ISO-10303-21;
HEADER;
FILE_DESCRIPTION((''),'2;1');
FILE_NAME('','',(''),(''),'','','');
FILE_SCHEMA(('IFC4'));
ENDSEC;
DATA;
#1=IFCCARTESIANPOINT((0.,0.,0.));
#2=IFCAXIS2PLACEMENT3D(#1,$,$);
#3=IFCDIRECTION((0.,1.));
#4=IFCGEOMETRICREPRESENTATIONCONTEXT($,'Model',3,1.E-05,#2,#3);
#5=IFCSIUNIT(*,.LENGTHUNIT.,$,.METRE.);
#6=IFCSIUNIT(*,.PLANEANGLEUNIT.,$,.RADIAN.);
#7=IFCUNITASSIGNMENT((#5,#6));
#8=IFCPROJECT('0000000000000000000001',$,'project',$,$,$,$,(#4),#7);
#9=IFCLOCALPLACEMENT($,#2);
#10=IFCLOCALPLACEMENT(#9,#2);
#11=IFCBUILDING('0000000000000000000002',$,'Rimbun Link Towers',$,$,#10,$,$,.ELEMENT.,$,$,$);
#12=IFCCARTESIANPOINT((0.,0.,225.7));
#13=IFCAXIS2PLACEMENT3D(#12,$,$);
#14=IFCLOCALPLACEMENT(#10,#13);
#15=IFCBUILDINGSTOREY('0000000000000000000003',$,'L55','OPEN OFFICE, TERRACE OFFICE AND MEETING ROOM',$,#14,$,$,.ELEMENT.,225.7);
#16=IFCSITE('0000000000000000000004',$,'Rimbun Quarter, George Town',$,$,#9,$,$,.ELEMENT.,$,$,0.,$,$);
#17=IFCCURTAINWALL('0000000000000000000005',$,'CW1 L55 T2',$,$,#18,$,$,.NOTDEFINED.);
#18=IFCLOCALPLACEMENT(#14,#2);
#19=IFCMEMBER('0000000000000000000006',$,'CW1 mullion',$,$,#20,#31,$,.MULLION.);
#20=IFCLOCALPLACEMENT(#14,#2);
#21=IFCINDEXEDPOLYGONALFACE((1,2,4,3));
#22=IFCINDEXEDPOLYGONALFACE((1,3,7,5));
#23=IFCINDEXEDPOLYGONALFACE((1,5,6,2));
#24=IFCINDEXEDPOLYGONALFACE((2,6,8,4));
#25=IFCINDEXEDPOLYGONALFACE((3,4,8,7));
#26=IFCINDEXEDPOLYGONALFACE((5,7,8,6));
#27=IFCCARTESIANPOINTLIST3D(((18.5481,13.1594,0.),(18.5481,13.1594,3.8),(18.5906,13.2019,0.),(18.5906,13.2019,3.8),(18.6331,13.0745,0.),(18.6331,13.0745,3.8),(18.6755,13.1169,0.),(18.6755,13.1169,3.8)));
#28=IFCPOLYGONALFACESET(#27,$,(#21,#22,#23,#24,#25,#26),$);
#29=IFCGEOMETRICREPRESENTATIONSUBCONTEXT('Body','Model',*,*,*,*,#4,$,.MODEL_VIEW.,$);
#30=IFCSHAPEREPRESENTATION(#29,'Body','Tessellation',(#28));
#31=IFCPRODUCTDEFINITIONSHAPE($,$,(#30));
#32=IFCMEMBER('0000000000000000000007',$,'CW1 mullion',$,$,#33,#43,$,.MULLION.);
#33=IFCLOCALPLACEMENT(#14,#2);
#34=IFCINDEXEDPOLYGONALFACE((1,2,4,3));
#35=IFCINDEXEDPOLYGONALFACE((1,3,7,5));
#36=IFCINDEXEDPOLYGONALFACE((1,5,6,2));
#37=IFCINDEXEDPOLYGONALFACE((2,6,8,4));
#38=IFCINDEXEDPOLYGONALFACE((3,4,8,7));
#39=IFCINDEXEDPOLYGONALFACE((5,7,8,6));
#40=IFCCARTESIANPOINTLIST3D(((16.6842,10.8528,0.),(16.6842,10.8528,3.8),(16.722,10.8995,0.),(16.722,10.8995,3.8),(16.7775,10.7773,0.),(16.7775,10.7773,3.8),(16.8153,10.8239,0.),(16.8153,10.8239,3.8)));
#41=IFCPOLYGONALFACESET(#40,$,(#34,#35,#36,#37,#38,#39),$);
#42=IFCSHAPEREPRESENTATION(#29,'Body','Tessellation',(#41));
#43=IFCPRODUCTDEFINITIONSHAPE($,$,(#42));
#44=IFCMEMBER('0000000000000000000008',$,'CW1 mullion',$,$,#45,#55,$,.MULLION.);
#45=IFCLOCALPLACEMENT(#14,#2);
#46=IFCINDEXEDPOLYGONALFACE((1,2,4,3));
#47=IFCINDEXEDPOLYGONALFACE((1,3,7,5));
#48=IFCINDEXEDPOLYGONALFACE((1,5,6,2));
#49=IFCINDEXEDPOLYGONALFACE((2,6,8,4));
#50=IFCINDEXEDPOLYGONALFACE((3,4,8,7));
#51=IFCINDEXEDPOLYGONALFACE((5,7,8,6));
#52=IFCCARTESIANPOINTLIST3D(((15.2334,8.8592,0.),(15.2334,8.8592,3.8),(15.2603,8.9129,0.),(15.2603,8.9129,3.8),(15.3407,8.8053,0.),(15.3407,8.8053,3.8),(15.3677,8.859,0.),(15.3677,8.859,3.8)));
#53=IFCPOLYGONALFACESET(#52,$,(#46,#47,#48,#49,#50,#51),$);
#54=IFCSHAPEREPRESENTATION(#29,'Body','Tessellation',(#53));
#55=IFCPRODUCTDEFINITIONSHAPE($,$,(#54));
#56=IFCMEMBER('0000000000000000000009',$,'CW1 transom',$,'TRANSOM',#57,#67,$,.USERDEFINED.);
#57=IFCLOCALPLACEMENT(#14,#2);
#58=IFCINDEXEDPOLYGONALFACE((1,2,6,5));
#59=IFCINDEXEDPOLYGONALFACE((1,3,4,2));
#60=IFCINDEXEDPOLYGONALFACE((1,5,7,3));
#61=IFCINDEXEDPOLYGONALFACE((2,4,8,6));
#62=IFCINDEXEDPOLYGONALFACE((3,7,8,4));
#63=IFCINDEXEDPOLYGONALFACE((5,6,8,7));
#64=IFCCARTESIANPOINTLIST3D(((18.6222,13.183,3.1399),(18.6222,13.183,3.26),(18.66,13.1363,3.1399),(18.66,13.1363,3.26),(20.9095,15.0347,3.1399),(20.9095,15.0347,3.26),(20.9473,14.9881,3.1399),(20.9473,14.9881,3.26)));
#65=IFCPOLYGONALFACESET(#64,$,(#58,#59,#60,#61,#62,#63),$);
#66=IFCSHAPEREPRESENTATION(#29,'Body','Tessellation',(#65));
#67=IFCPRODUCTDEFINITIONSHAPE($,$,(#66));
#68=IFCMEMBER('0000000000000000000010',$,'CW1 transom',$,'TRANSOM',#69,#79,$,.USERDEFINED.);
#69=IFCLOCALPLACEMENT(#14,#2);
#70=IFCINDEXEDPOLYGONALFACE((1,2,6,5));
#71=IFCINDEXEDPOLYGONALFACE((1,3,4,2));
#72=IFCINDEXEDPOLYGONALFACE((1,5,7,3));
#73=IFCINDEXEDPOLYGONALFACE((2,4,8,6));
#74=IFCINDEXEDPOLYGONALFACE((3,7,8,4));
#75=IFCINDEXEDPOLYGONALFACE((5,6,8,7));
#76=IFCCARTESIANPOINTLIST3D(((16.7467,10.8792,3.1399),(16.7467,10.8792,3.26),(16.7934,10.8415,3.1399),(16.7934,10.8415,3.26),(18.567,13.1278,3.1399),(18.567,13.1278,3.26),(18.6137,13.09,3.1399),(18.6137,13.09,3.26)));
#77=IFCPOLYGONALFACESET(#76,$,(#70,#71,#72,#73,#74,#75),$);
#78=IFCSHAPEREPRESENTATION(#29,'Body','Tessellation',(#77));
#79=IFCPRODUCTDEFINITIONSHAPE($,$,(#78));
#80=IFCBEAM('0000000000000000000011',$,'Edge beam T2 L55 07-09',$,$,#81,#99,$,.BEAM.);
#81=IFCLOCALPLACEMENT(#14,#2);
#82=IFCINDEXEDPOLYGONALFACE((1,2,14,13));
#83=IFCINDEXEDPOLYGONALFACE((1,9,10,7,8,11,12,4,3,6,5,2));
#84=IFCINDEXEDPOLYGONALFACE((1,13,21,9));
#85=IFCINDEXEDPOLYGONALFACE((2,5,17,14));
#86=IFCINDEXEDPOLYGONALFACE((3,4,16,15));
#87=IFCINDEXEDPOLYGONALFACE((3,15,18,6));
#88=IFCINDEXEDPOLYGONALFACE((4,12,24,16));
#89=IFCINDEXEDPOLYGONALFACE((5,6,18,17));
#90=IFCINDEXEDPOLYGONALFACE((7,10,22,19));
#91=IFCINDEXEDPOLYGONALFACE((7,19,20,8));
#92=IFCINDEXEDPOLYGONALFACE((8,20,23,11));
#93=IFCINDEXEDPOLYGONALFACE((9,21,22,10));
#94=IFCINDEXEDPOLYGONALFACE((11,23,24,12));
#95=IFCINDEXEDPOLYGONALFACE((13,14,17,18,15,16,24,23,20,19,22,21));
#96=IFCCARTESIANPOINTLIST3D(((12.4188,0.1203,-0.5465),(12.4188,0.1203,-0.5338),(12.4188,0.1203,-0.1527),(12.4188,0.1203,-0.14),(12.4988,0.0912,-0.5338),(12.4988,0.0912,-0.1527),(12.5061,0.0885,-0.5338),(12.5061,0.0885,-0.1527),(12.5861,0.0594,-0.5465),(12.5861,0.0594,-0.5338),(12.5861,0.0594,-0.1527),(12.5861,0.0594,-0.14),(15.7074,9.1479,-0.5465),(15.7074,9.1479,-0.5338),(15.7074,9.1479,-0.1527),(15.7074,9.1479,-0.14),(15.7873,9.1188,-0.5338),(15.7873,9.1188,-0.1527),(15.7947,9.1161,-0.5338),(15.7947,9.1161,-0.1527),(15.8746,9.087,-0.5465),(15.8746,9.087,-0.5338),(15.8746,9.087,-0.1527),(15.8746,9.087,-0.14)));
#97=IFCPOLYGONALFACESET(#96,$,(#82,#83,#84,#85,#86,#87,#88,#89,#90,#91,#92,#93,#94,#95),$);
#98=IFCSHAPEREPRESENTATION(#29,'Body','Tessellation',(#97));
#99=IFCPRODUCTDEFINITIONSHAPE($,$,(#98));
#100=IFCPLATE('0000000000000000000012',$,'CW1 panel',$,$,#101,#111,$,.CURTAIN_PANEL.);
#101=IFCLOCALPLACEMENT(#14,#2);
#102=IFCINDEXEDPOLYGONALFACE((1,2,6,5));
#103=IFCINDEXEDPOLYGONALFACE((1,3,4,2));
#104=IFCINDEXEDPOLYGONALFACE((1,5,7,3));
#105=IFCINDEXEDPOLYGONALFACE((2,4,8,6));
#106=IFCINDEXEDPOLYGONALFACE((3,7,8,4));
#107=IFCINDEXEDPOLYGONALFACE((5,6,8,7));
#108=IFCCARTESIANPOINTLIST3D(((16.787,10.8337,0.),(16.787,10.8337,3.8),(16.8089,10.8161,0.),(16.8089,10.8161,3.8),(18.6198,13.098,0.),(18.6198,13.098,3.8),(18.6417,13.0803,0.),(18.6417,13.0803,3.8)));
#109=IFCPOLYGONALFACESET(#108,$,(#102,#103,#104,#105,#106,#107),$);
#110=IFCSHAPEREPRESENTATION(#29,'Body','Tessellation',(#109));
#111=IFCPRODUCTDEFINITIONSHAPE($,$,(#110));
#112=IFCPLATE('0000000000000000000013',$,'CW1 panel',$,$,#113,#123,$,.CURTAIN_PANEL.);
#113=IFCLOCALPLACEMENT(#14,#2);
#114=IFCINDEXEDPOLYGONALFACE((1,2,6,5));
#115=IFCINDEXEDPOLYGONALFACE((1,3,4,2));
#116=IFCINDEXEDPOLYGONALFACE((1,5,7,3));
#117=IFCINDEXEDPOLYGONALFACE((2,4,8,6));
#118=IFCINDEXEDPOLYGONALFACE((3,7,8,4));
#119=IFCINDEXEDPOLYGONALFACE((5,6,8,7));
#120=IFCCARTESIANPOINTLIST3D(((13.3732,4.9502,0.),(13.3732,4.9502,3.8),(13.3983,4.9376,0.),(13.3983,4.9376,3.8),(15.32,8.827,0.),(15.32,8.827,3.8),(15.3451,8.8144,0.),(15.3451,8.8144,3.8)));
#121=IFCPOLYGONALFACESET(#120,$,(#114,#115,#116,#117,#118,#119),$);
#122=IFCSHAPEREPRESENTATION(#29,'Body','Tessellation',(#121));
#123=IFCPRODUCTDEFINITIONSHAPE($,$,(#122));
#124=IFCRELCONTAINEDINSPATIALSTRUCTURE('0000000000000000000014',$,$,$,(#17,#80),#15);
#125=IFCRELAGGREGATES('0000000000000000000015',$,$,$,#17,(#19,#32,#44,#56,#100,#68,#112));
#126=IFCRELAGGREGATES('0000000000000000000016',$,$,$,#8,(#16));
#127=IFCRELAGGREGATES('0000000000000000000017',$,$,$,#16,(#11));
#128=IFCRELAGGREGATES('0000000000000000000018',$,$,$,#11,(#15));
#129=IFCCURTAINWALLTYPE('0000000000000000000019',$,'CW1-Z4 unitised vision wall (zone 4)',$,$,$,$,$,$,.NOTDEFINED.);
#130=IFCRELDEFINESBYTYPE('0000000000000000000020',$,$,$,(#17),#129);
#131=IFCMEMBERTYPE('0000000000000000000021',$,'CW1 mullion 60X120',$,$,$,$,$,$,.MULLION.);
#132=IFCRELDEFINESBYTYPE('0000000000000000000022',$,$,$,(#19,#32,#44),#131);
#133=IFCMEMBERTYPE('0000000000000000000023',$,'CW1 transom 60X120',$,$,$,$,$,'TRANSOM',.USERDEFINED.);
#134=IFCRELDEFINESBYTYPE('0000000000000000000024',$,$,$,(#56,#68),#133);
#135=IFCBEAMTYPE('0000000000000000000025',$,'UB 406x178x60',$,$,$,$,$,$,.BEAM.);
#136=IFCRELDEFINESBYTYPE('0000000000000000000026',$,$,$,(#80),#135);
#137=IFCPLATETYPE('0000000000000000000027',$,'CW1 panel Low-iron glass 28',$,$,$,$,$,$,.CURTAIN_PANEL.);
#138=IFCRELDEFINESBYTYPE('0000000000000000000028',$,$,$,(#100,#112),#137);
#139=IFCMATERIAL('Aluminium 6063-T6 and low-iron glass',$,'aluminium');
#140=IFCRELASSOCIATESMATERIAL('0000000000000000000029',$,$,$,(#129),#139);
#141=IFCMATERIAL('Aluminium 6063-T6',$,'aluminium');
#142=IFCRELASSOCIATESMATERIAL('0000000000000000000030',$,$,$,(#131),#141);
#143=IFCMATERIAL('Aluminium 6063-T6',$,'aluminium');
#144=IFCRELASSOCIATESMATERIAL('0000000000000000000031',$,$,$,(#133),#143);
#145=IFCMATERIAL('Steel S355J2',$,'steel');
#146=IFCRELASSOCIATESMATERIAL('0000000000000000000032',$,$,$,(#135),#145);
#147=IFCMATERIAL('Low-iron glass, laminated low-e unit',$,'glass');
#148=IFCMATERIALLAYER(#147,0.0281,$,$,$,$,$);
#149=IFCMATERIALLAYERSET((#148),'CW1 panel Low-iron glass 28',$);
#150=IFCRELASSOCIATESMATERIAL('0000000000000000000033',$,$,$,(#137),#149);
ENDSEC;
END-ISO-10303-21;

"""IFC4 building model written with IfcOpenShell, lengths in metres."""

from ifc_helpers import new_model, si_unit, direction, frame, origin, origin_2d, place, context, subcontext, project, spatial, rectangle, i_section, extrude, material, layer, layer_set, material_profile, profile_set, type_object, element, aggregate, save


model = new_model("IFC4")

# Units and contexts
model_context = context("Model", 3, precision=1e-05, world=origin(), true_north=direction((0.0, 1.0)))
body_context = subcontext(model_context, "Body", "Model", "MODEL_VIEW")
ifc_project = project(units=[si_unit("LENGTHUNIT", "METRE"), si_unit("PLANEANGLEUNIT", "RADIAN")], contexts=[model_context])

# Site, building, storey
site_placement = place(None, origin())
site = spatial("IfcSite", under=ifc_project, at=site_placement, Name="Rimbun Quarter, George Town", CompositionType="ELEMENT", RefElevation=0.0)
building_placement = place(site_placement, origin())
building = spatial("IfcBuilding", under=site, at=building_placement, Name="Rimbun Link Towers", CompositionType="ELEMENT")
storey_placement = place(building_placement, frame((0.0, 0.0, 225.7)))
storey = spatial("IfcBuildingStorey", under=building, at=storey_placement, Name="L55", Description="OPEN OFFICE, TERRACE OFFICE AND MEETING ROOM", CompositionType="ELEMENT", Elevation=225.7)

# Curtain wall, members
ifc_material_1 = material(Name="Aluminium 6063-T6 and low-iron glass", Category="aluminium")
curtain_wall_type = type_object("IfcCurtainWallType", Name="CW1-Z4 unitised vision wall (zone 4)", PredefinedType="NOTDEFINED", material=ifc_material_1)
curtain_wall_placement = place(storey_placement, origin())
curtain_wall = element("IfcCurtainWall", 1, at=curtain_wall_placement, inside=storey, type_object=curtain_wall_type, Name="CW1 L55 T2", PredefinedType="NOTDEFINED")
ifc_material_2 = material(Name="Aluminium 6063-T6", Category="aluminium")
ifc_material_profile_1 = material_profile(ifc_material_2, rectangle(XDim=0.1201, YDim=0.0601, at=origin_2d()), Name="MULLION 60X120")
ifc_profile_set_1 = profile_set([ifc_material_profile_1], Name="Aluminium 6063-T6")
member_type_1 = type_object("IfcMemberType", Name="CW1 mullion 60X120", PredefinedType="MULLION", material=ifc_profile_set_1)
member_1_placement = place(storey_placement, frame((18.6118, 13.1382, 0.0), z_axis=(0.0, 0.0, 1.0), x_axis=(-0.707107, 0.707107, 0.0)))
member_1 = element("IfcMember", 2, at=member_1_placement, type_object=member_type_1, Name="CW1 mullion", PredefinedType="MULLION", context=body_context, shape_type="SweptSolid", body=[
    extrude(rectangle(XDim=0.1201, YDim=0.0601, at=origin_2d()), origin(), (0.0, 0.0, 1.0), 3.8),
])
member_2_placement = place(storey_placement, frame((16.7498, 10.8384, 0.0), z_axis=(0.0, 0.0, 1.0), x_axis=(-0.777276, 0.62916, 0.0)))
member_2 = element("IfcMember", 3, at=member_2_placement, type_object=member_type_1, Name="CW1 mullion", PredefinedType="MULLION", context=body_context, shape_type="SweptSolid", body=[
    extrude(rectangle(XDim=0.1201, YDim=0.0601, at=origin_2d()), origin(), (0.0, 0.0, 1.0), 3.8),
])
member_3_placement = place(storey_placement, frame((15.3005, 8.8591, 0.0), z_axis=(0.0, 0.0, 1.0), x_axis=(-0.893647, 0.448771, 0.0)))
member_3 = element("IfcMember", 4, at=member_3_placement, type_object=member_type_1, Name="CW1 mullion", PredefinedType="MULLION", context=body_context, shape_type="SweptSolid", body=[
    extrude(rectangle(XDim=0.1201, YDim=0.0601, at=origin_2d()), origin(), (0.0, 0.0, 1.0), 3.8),
])
ifc_material_3 = material(Name="Aluminium 6063-T6", Category="aluminium")
ifc_material_profile_2 = material_profile(ifc_material_3, rectangle(XDim=0.0601, YDim=0.1201, at=origin_2d()), Name="TRANSOM 60X120")
ifc_profile_set_2 = profile_set([ifc_material_profile_2], Name="Aluminium 6063-T6")
member_type_2 = type_object("IfcMemberType", Name="CW1 transom 60X120", ElementType="TRANSOM", PredefinedType="USERDEFINED", material=ifc_profile_set_2)
member_4_placement = place(storey_placement, frame((18.6411, 13.1597, 3.2), z_axis=(0.777222, 0.629227, 0.0), x_axis=(-0.629227, 0.777222, 0.0)))
member_4 = element("IfcMember", 5, at=member_4_placement, type_object=member_type_2, Name="CW1 transom", ObjectType="TRANSOM", PredefinedType="USERDEFINED", context=body_context, shape_type="SweptSolid", body=[
    extrude(rectangle(XDim=0.0601, YDim=0.1201, at=origin_2d()), origin(), (0.0, 0.0, 1.0), 2.9429),
])
member_5_placement = place(storey_placement, frame((16.77, 10.8604, 3.2), z_axis=(0.629213, 0.777233, 0.0), x_axis=(-0.777233, 0.629213, 0.0)))
member_5 = element("IfcMember", 6, at=member_5_placement, type_object=member_type_2, Name="CW1 transom", ObjectType="TRANSOM", PredefinedType="USERDEFINED", context=body_context, shape_type="SweptSolid", body=[
    extrude(rectangle(XDim=0.0601, YDim=0.1201, at=origin_2d()), origin(), (0.0, 0.0, 1.0), 2.8931),
])

# Beam
ifc_material_4 = material(Name="Steel S355J2", Category="steel")
ifc_material_profile_3 = material_profile(ifc_material_4, i_section(OverallWidth=0.178, OverallDepth=0.4065, WebThickness=0.0078, FlangeThickness=0.0127, at=origin_2d()), Name="UB 406x178x60")
ifc_profile_set_3 = profile_set([ifc_material_profile_3], Name="Steel S355J2")
beam_type = type_object("IfcBeamType", Name="UB 406x178x60", PredefinedType="BEAM", material=ifc_profile_set_3)
beam_placement = place(storey_placement, frame((15.791, 9.1174, -0.3433), z_axis=(-0.342278, -0.939599, 0.0), x_axis=(0.939599, -0.342278, 0.0)))
element("IfcBeam", 7, at=beam_placement, inside=storey, type_object=beam_type, Name="Edge beam T2 L55 07-09", PredefinedType="BEAM", context=body_context, shape_type="SweptSolid", body=[
    extrude(i_section(OverallWidth=0.178, OverallDepth=0.4065, WebThickness=0.0078, FlangeThickness=0.0127, at=origin_2d()), origin(), (0.0, 0.0, 1.0), 9.6079),
])

# Plates
ifc_material_5 = material(Name="Low-iron glass, laminated low-e unit", Category="glass")
ifc_layer_1 = layer(ifc_material_5, 0.0281)
ifc_layer_set_1 = layer_set([ifc_layer_1], Name="CW1 panel Low-iron glass 28")
plate_type = type_object("IfcPlateType", Name="CW1 panel Low-iron glass 28", PredefinedType="CURTAIN_PANEL", material=ifc_layer_set_1)
plate_1_placement = place(storey_placement, frame((17.7144, 11.957, 0.0), z_axis=(0.0, 0.0, 1.0), x_axis=(0.62916, 0.777276, 0.0)))
plate_1 = element("IfcPlate", 8, at=plate_1_placement, type_object=plate_type, Name="CW1 panel", PredefinedType="CURTAIN_PANEL", context=body_context, shape_type="SweptSolid", body=[
    extrude(rectangle(XDim=2.9131, YDim=0.0281, at=origin_2d()), origin(), (0.0, 0.0, 1.0), 3.8),
])
plate_2_placement = place(storey_placement, frame((14.3591, 6.8823, 0.0), z_axis=(0.0, 0.0, 1.0), x_axis=(0.448771, 0.893647, 0.0)))
plate_2 = element("IfcPlate", 9, at=plate_2_placement, type_object=plate_type, Name="CW1 panel", PredefinedType="CURTAIN_PANEL", context=body_context, shape_type="SweptSolid", body=[
    extrude(rectangle(XDim=4.3381, YDim=0.0281, at=origin_2d()), origin(), (0.0, 0.0, 1.0), 3.8),
])
aggregate(curtain_wall, [member_1, member_2, member_3, member_4, plate_1, member_5, plate_2])

save(model, "model.ifc")
